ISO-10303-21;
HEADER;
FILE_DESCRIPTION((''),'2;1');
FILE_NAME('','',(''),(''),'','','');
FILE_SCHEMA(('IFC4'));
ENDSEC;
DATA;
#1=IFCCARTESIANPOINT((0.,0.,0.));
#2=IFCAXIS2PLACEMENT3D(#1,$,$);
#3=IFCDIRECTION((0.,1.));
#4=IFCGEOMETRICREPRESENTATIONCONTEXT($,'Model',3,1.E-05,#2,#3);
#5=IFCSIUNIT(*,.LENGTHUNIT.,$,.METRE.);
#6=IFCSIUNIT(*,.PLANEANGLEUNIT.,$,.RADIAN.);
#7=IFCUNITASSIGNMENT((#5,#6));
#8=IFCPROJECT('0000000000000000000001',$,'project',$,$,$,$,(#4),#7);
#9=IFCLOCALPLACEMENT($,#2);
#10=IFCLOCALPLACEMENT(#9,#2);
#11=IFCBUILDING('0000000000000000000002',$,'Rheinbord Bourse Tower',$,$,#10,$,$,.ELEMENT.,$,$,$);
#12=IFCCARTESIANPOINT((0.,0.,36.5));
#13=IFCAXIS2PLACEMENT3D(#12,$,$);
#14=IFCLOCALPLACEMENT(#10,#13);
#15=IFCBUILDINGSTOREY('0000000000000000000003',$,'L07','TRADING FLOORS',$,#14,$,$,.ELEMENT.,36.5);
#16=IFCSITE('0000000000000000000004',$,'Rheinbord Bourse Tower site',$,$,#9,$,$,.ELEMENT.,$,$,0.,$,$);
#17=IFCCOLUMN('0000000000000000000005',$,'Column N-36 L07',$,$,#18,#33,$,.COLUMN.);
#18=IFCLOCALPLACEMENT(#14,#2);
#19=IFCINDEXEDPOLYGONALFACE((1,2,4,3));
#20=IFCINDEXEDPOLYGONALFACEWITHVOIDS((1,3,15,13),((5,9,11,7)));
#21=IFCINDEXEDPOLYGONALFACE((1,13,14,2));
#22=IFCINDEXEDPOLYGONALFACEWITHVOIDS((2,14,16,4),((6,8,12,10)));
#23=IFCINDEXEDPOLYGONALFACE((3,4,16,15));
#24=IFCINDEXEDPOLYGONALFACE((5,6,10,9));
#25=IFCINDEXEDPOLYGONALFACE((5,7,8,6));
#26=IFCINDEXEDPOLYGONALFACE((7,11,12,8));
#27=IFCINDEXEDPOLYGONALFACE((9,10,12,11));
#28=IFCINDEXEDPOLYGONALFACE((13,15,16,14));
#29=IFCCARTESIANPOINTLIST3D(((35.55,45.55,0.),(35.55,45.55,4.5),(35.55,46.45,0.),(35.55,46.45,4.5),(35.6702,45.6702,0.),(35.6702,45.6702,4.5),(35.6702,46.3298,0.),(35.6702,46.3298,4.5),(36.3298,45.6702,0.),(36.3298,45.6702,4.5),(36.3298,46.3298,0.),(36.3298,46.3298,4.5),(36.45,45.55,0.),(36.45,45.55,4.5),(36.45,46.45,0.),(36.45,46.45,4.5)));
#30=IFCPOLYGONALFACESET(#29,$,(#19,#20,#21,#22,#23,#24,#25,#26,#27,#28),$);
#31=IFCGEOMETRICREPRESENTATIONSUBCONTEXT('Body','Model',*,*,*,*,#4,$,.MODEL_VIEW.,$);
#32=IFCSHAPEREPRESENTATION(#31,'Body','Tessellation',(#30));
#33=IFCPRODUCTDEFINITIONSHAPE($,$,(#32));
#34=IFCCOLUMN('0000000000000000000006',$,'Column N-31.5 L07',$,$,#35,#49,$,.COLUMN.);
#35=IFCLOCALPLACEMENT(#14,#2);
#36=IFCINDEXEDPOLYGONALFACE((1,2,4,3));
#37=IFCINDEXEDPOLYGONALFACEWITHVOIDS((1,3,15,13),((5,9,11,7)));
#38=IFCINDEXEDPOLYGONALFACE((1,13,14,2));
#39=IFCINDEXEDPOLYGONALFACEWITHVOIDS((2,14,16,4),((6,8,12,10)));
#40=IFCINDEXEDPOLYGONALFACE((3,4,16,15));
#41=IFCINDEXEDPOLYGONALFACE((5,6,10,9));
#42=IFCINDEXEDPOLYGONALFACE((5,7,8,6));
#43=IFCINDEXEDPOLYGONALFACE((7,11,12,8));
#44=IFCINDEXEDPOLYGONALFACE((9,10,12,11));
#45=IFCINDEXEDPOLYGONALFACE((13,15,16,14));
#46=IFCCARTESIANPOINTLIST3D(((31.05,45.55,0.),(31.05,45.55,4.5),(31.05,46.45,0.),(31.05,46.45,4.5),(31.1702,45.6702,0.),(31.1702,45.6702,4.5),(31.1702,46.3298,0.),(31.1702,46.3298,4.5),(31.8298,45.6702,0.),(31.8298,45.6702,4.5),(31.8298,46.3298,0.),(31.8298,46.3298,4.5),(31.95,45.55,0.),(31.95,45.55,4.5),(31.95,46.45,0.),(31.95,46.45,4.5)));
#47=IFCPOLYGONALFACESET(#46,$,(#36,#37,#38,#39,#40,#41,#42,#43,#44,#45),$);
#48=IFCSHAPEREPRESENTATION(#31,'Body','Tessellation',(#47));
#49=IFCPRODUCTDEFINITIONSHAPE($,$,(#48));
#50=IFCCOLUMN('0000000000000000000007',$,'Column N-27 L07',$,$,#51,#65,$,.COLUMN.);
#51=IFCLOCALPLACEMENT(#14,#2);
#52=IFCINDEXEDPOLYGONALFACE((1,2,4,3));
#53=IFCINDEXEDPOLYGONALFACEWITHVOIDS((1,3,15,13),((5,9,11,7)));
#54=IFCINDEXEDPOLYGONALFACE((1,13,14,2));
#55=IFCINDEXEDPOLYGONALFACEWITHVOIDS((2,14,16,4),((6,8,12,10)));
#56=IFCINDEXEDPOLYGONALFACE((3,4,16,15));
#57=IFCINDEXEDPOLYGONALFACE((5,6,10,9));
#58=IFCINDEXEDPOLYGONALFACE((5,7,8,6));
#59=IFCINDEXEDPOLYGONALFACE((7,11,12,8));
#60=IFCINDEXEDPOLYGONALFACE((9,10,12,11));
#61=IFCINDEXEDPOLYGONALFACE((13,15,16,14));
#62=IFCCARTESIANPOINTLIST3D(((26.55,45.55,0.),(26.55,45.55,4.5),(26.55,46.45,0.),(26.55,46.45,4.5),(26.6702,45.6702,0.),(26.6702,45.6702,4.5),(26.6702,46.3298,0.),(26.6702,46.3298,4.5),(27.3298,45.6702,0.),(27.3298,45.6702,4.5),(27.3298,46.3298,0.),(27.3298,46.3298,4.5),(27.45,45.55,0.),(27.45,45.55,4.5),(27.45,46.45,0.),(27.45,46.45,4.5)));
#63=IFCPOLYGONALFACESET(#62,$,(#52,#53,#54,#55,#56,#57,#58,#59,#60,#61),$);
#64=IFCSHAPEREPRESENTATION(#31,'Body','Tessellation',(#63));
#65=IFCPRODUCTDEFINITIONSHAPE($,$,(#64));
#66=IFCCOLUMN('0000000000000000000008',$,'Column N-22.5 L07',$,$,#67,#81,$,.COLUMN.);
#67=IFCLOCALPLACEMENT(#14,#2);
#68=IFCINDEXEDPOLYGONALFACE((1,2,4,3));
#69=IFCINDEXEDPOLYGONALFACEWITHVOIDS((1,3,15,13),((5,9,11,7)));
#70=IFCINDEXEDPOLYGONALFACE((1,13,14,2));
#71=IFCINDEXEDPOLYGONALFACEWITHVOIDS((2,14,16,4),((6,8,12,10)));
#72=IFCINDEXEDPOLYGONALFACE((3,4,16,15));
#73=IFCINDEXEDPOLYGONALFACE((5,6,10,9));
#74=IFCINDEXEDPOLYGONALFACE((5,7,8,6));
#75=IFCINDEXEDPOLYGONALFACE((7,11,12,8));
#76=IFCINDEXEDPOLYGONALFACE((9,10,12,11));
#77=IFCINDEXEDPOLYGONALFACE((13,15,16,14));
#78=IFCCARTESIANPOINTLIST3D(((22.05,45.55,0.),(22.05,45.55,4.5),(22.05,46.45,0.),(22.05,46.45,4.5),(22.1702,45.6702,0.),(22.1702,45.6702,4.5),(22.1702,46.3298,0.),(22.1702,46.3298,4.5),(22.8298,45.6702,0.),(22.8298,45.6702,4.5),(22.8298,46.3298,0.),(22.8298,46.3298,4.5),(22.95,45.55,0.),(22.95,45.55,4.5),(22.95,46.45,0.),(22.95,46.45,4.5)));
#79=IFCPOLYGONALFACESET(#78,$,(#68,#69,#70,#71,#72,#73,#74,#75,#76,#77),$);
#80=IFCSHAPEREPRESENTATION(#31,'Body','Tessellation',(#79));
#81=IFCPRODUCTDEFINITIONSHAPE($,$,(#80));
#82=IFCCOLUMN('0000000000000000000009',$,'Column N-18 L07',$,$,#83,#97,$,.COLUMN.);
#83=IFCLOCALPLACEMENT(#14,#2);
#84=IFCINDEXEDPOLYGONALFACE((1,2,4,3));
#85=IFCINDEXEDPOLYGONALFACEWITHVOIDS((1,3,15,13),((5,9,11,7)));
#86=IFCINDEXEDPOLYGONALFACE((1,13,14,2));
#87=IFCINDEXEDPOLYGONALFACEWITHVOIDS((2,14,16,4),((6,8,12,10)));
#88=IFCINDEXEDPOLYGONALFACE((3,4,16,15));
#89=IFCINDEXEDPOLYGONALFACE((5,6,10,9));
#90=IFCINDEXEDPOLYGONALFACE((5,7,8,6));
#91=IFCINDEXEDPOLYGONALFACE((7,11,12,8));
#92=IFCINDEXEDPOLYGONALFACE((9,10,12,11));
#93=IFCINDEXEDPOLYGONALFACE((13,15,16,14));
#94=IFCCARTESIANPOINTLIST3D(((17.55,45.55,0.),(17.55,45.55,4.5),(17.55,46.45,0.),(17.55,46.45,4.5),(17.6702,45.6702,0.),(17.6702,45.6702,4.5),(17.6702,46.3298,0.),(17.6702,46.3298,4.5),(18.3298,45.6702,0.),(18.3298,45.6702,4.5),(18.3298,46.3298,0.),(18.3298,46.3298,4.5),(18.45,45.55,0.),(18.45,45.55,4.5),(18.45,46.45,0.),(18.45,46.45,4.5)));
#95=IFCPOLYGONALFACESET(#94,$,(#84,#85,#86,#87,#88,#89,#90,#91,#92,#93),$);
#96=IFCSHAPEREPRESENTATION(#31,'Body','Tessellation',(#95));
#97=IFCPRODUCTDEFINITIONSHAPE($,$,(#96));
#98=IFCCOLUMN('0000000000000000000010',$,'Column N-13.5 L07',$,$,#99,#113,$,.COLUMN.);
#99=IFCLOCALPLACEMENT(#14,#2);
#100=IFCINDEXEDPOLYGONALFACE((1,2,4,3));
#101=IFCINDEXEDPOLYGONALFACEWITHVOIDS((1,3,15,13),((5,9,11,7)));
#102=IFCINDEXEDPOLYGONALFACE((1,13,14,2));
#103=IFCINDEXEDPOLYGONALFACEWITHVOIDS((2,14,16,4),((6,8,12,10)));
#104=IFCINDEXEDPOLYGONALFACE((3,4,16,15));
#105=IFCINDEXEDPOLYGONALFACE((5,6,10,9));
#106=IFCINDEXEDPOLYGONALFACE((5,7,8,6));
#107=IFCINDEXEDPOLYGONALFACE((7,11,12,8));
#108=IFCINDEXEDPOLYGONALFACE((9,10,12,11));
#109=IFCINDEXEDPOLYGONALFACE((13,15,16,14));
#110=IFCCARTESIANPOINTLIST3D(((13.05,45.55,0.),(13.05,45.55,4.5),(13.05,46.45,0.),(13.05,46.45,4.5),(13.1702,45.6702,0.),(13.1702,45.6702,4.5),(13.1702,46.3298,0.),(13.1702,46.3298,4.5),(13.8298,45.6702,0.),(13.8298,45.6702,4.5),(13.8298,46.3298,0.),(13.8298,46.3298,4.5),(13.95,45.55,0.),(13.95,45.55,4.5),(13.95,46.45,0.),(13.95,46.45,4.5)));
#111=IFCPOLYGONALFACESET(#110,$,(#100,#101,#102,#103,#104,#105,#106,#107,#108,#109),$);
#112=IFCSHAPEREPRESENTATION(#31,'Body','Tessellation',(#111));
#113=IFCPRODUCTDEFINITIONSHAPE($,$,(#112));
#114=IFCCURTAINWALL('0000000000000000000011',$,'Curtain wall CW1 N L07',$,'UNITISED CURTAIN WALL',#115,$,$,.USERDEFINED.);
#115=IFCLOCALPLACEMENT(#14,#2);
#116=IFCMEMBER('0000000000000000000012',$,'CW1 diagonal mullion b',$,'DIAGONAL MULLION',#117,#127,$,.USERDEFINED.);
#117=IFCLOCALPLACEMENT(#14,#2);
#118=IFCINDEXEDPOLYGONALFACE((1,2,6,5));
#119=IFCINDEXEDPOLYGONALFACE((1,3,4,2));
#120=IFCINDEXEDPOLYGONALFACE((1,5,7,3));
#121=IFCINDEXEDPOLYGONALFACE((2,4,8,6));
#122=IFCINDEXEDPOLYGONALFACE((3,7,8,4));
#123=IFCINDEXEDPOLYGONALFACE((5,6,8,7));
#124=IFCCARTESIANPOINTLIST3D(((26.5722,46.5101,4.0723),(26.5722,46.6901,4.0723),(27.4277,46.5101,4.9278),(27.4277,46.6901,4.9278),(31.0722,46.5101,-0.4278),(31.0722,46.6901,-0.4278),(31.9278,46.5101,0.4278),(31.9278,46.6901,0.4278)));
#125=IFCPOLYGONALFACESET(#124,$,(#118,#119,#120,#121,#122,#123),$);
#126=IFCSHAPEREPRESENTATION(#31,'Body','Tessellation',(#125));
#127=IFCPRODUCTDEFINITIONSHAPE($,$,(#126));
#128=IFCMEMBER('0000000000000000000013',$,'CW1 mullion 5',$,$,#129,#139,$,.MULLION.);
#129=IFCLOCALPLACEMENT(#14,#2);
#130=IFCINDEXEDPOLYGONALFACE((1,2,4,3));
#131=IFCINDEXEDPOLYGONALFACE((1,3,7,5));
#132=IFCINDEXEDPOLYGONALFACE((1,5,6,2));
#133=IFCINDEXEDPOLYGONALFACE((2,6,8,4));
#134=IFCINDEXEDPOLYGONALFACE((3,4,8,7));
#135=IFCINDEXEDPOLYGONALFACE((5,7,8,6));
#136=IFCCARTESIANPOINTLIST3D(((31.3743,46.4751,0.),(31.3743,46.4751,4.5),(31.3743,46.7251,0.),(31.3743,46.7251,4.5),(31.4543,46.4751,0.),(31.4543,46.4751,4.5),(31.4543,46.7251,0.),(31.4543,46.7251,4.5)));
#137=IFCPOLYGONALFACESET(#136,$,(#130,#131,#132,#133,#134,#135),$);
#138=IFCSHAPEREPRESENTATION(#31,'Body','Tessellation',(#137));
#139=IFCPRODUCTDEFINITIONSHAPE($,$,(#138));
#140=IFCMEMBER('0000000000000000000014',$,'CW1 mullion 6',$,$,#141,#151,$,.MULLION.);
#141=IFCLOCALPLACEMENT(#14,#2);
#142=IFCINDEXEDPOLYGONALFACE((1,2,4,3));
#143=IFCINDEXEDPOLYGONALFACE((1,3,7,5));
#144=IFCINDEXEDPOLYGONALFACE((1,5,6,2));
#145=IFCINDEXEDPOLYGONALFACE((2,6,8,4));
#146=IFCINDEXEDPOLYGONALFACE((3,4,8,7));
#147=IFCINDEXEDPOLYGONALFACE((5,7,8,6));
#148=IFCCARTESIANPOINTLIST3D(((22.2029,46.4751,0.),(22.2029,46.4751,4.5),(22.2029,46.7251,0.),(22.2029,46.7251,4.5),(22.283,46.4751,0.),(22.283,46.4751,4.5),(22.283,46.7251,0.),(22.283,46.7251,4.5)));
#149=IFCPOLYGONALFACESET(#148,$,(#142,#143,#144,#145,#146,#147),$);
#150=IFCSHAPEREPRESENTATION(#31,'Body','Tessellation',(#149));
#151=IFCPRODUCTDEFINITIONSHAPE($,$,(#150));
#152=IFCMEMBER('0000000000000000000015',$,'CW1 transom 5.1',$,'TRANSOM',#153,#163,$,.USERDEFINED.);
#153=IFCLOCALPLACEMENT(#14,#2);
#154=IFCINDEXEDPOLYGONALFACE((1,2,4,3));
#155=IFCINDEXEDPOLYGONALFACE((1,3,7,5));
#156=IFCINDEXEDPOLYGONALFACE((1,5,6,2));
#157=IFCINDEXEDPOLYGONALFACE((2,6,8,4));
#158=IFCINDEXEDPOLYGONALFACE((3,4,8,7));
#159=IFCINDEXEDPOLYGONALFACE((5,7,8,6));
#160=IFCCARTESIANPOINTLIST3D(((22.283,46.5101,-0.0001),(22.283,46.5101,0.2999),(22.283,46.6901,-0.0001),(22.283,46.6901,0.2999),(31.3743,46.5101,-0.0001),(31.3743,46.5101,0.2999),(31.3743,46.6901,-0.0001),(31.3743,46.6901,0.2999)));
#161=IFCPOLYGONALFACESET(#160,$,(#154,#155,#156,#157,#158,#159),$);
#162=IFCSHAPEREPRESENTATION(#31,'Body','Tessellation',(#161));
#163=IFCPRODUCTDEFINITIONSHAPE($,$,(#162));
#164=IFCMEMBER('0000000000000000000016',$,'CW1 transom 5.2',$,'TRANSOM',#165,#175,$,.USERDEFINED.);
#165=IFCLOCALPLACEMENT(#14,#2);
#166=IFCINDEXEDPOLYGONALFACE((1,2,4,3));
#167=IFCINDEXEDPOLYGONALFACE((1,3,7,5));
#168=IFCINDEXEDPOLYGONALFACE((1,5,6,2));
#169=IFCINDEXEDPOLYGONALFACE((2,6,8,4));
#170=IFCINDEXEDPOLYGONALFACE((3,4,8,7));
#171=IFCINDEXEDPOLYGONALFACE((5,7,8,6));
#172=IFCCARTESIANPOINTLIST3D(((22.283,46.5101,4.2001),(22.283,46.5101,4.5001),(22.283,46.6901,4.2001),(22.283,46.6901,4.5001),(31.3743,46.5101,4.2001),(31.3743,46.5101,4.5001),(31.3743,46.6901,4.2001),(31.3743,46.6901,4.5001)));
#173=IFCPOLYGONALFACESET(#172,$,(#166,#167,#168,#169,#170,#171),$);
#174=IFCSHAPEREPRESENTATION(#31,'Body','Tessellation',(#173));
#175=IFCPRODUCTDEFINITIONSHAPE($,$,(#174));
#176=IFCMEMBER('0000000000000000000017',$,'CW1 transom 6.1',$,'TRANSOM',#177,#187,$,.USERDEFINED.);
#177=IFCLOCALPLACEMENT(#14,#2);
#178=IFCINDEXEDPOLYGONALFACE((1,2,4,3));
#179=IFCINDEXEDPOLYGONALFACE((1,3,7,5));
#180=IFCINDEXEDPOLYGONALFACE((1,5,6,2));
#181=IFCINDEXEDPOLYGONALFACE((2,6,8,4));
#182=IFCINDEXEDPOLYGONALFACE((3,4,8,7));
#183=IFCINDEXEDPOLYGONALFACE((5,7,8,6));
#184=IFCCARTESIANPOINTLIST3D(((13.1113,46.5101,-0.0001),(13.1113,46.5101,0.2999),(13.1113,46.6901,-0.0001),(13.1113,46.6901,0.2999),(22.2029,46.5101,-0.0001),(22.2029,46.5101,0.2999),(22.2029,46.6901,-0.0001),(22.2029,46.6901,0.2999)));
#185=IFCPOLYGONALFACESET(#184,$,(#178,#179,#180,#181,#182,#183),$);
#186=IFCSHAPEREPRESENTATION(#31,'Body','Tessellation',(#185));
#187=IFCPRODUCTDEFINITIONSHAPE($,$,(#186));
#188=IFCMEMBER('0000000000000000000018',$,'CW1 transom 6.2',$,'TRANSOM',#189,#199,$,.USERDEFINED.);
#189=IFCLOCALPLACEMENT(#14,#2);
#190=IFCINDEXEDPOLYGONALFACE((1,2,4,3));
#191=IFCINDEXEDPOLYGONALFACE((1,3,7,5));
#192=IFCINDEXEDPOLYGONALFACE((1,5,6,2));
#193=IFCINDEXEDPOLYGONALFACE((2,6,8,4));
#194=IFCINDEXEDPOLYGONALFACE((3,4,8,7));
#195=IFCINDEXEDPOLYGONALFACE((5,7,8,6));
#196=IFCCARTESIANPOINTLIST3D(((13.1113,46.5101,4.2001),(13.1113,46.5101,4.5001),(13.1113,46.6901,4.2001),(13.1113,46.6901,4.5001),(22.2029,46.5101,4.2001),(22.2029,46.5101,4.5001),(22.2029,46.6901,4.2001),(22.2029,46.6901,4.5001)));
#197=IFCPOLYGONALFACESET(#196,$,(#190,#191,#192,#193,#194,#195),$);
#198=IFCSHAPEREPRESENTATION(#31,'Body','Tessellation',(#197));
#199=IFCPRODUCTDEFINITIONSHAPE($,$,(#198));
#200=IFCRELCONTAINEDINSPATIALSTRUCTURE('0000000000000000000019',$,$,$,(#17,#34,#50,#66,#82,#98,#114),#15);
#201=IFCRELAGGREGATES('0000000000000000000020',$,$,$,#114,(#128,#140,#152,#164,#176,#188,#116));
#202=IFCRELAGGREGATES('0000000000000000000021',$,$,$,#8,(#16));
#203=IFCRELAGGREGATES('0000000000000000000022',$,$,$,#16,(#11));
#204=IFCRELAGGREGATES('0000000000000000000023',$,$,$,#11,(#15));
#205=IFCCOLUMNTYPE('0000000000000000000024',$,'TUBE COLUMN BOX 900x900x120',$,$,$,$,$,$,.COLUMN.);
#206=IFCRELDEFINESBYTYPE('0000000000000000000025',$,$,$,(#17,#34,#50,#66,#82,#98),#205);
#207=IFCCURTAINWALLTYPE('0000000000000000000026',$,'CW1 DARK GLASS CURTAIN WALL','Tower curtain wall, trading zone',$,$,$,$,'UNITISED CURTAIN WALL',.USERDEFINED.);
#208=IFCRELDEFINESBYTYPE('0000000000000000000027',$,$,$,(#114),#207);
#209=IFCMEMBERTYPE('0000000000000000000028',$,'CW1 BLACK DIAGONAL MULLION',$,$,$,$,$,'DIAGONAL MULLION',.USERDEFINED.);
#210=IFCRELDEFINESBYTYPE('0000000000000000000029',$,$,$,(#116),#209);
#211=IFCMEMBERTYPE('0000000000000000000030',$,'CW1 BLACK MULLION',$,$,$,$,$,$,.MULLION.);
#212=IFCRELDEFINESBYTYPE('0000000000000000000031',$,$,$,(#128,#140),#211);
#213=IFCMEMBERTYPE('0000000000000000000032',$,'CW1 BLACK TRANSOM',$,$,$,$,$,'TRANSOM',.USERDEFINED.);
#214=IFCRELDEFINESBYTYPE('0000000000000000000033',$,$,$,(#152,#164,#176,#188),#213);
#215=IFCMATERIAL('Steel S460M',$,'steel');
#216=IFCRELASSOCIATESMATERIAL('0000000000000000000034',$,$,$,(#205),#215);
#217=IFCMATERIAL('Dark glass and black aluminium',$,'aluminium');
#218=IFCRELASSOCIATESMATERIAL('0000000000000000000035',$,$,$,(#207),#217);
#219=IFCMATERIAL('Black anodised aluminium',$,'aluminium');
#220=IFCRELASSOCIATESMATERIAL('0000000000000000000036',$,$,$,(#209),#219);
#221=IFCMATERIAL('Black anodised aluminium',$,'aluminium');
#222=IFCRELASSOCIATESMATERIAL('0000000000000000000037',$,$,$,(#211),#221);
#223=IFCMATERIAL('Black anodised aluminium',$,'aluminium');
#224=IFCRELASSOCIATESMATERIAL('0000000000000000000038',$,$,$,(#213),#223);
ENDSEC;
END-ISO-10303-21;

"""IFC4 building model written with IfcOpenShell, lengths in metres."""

from ifc_helpers import new_model, si_unit, direction, frame, origin, origin_2d, place, context, subcontext, project, spatial, rectangle, hollow_rectangle, extrude, material, material_profile, profile_set, type_object, element, aggregate, save


model = new_model("IFC4")

# Units and contexts
model_context = context("Model", 3, precision=1e-05, world=origin(), true_north=direction((0.0, 1.0)))
body_context = subcontext(model_context, "Body", "Model", "MODEL_VIEW")
ifc_project = project(units=[si_unit("LENGTHUNIT", "METRE"), si_unit("PLANEANGLEUNIT", "RADIAN")], contexts=[model_context])

# Site, building, storey
site_placement = place(None, origin())
site = spatial("IfcSite", under=ifc_project, at=site_placement, Name="Rheinbord Bourse Tower site", CompositionType="ELEMENT", RefElevation=0.0)
building_placement = place(site_placement, origin())
building = spatial("IfcBuilding", under=site, at=building_placement, Name="Rheinbord Bourse Tower", CompositionType="ELEMENT")
storey_placement = place(building_placement, frame((0.0, 0.0, 36.5)))
storey = spatial("IfcBuildingStorey", under=building, at=storey_placement, Name="L07", Description="TRADING FLOORS", CompositionType="ELEMENT", Elevation=36.5)

# Columns
ifc_material_1 = material(Name="Steel S460M", Category="steel")
ifc_material_profile_1 = material_profile(ifc_material_1, hollow_rectangle(XDim=0.8999, YDim=0.8999, WallThickness=0.1201, at=origin_2d()), Name="BOX 900x900x120")
ifc_profile_set_1 = profile_set([ifc_material_profile_1], Name="Steel S460M")
column_type = type_object("IfcColumnType", Name="TUBE COLUMN BOX 900x900x120", PredefinedType="COLUMN", material=ifc_profile_set_1)
for number, where, z_axis, x_axis, name in (
    (1, (36.0, 46.0, 0.0), (0.0, 0.0, 1.0), (0.0, 1.0, 0.0), "Column N-36 L07"),
    (2, (31.5, 46.0, 0.0), (0.0, 0.0, 1.0), (0.0, 1.0, 0.0), "Column N-31.5 L07"),
    (3, (27.0, 46.0, 0.0), (0.0, 0.0, 1.0), (0.0, 1.0, 0.0), "Column N-27 L07"),
    (4, (22.5, 46.0, 0.0), (0.0, 0.0, 1.0), (0.0, 1.0, 0.0), "Column N-22.5 L07"),
    (5, (18.0, 46.0, 0.0), (0.0, 0.0, 1.0), (0.0, 1.0, 0.0), "Column N-18 L07"),
    (6, (13.5, 46.0, 0.0), (0.0, 0.0, 1.0), (0.0, 1.0, 0.0), "Column N-13.5 L07"),
):
    element("IfcColumn", number, at=place(storey_placement, frame(where, z_axis=z_axis, x_axis=x_axis)), inside=storey, type_object=column_type, Name=name, PredefinedType="COLUMN", context=body_context, shape_type="SweptSolid", body=[
        extrude(hollow_rectangle(XDim=0.8999, YDim=0.8999, WallThickness=0.1201, at=origin_2d()), origin(), (0.0, 0.0, 1.0), 4.5),
    ])

# Curtain wall, members
ifc_material_2 = material(Name="Dark glass and black aluminium", Category="aluminium")
curtain_wall_type = type_object("IfcCurtainWallType", Name="CW1 DARK GLASS CURTAIN WALL", Description="Tower curtain wall, trading zone", ElementType="UNITISED CURTAIN WALL", PredefinedType="USERDEFINED", material=ifc_material_2)
curtain_wall_placement = place(storey_placement, origin())
curtain_wall = element("IfcCurtainWall", 7, at=curtain_wall_placement, inside=storey, type_object=curtain_wall_type, Name="Curtain wall CW1 N L07", ObjectType="UNITISED CURTAIN WALL", PredefinedType="USERDEFINED")
ifc_material_3 = material(Name="Black anodised aluminium", Category="aluminium")
ifc_material_profile_2 = material_profile(ifc_material_3, rectangle(XDim=0.1799, YDim=1.21, at=origin_2d()), Name="CW1 DIAGONAL MULLION 1210x180")
ifc_profile_set_2 = profile_set([ifc_material_profile_2], Name="Black anodised aluminium")
member_type_1 = type_object("IfcMemberType", Name="CW1 BLACK DIAGONAL MULLION", ElementType="DIAGONAL MULLION", PredefinedType="USERDEFINED", material=ifc_profile_set_2)
member_1_placement = place(storey_placement, frame((31.5, 46.6001, 0.0), z_axis=(-0.707107, 0.0, 0.707107), x_axis=(0.0, -1.0, 0.0)))
member_1 = element("IfcMember", 8, at=member_1_placement, type_object=member_type_1, Name="CW1 diagonal mullion b", ObjectType="DIAGONAL MULLION", PredefinedType="USERDEFINED", context=body_context, shape_type="SweptSolid", body=[
    extrude(rectangle(XDim=0.1799, YDim=1.21, at=origin_2d()), origin(), (0.0, 0.0, 1.0), 6.364),
])
ifc_material_4 = material(Name="Black anodised aluminium", Category="aluminium")
ifc_material_profile_3 = material_profile(ifc_material_4, rectangle(XDim=0.25, YDim=0.0801, at=origin_2d()), Name="CW1 MULLION 80x250")
ifc_profile_set_3 = profile_set([ifc_material_profile_3], Name="Black anodised aluminium")
member_type_2 = type_object("IfcMemberType", Name="CW1 BLACK MULLION", PredefinedType="MULLION", material=ifc_profile_set_3)
member_2_placement = place(storey_placement, frame((31.4143, 46.6001, 0.0), z_axis=(0.0, 0.0, 1.0), x_axis=(0.0, -1.0, 0.0)))
member_2 = element("IfcMember", 9, at=member_2_placement, type_object=member_type_2, Name="CW1 mullion 5", PredefinedType="MULLION", context=body_context, shape_type="SweptSolid", body=[
    extrude(rectangle(XDim=0.25, YDim=0.0801, at=origin_2d()), origin(), (0.0, 0.0, 1.0), 4.5),
])
member_3_placement = place(storey_placement, frame((22.2429, 46.6001, 0.0), z_axis=(0.0, 0.0, 1.0), x_axis=(0.0, -1.0, 0.0)))
member_3 = element("IfcMember", 10, at=member_3_placement, type_object=member_type_2, Name="CW1 mullion 6", PredefinedType="MULLION", context=body_context, shape_type="SweptSolid", body=[
    extrude(rectangle(XDim=0.25, YDim=0.0801, at=origin_2d()), origin(), (0.0, 0.0, 1.0), 4.5),
])
ifc_material_5 = material(Name="Black anodised aluminium", Category="aluminium")
ifc_material_profile_4 = material_profile(ifc_material_5, rectangle(XDim=0.1799, YDim=0.3, at=origin_2d()), Name="CW1 TRANSOM 300x180")
ifc_profile_set_4 = profile_set([ifc_material_profile_4], Name="Black anodised aluminium")
member_type_3 = type_object("IfcMemberType", Name="CW1 BLACK TRANSOM", ElementType="TRANSOM", PredefinedType="USERDEFINED", material=ifc_profile_set_4)
member_4_placement = place(storey_placement, frame((31.3743, 46.6001, 0.1499), z_axis=(-1.0, 0.0, 0.0), x_axis=(0.0, -1.0, 0.0)))
member_4 = element("IfcMember", 11, at=member_4_placement, type_object=member_type_3, Name="CW1 transom 5.1", ObjectType="TRANSOM", PredefinedType="USERDEFINED", context=body_context, shape_type="SweptSolid", body=[
    extrude(rectangle(XDim=0.1799, YDim=0.3, at=origin_2d()), origin(), (0.0, 0.0, 1.0), 9.0913),
])
member_5_placement = place(storey_placement, frame((31.3743, 46.6001, 4.3501), z_axis=(-1.0, 0.0, 0.0), x_axis=(0.0, -1.0, 0.0)))
member_5 = element("IfcMember", 12, at=member_5_placement, type_object=member_type_3, Name="CW1 transom 5.2", ObjectType="TRANSOM", PredefinedType="USERDEFINED", context=body_context, shape_type="SweptSolid", body=[
    extrude(rectangle(XDim=0.1799, YDim=0.3, at=origin_2d()), origin(), (0.0, 0.0, 1.0), 9.0913),
])
member_6_placement = place(storey_placement, frame((22.2029, 46.6001, 0.1499), z_axis=(-1.0, 0.0, 0.0), x_axis=(0.0, -1.0, 0.0)))
member_6 = element("IfcMember", 13, at=member_6_placement, type_object=member_type_3, Name="CW1 transom 6.1", ObjectType="TRANSOM", PredefinedType="USERDEFINED", context=body_context, shape_type="SweptSolid", body=[
    extrude(rectangle(XDim=0.1799, YDim=0.3, at=origin_2d()), origin(), (0.0, 0.0, 1.0), 9.0916),
])
member_7_placement = place(storey_placement, frame((22.2029, 46.6001, 4.3501), z_axis=(-1.0, 0.0, 0.0), x_axis=(0.0, -1.0, 0.0)))
member_7 = element("IfcMember", 14, at=member_7_placement, type_object=member_type_3, Name="CW1 transom 6.2", ObjectType="TRANSOM", PredefinedType="USERDEFINED", context=body_context, shape_type="SweptSolid", body=[
    extrude(rectangle(XDim=0.1799, YDim=0.3, at=origin_2d()), origin(), (0.0, 0.0, 1.0), 9.0916),
])

aggregate(curtain_wall, [member_2, member_3, member_4, member_5, member_6, member_7, member_1])

save(model, "model.ifc")
